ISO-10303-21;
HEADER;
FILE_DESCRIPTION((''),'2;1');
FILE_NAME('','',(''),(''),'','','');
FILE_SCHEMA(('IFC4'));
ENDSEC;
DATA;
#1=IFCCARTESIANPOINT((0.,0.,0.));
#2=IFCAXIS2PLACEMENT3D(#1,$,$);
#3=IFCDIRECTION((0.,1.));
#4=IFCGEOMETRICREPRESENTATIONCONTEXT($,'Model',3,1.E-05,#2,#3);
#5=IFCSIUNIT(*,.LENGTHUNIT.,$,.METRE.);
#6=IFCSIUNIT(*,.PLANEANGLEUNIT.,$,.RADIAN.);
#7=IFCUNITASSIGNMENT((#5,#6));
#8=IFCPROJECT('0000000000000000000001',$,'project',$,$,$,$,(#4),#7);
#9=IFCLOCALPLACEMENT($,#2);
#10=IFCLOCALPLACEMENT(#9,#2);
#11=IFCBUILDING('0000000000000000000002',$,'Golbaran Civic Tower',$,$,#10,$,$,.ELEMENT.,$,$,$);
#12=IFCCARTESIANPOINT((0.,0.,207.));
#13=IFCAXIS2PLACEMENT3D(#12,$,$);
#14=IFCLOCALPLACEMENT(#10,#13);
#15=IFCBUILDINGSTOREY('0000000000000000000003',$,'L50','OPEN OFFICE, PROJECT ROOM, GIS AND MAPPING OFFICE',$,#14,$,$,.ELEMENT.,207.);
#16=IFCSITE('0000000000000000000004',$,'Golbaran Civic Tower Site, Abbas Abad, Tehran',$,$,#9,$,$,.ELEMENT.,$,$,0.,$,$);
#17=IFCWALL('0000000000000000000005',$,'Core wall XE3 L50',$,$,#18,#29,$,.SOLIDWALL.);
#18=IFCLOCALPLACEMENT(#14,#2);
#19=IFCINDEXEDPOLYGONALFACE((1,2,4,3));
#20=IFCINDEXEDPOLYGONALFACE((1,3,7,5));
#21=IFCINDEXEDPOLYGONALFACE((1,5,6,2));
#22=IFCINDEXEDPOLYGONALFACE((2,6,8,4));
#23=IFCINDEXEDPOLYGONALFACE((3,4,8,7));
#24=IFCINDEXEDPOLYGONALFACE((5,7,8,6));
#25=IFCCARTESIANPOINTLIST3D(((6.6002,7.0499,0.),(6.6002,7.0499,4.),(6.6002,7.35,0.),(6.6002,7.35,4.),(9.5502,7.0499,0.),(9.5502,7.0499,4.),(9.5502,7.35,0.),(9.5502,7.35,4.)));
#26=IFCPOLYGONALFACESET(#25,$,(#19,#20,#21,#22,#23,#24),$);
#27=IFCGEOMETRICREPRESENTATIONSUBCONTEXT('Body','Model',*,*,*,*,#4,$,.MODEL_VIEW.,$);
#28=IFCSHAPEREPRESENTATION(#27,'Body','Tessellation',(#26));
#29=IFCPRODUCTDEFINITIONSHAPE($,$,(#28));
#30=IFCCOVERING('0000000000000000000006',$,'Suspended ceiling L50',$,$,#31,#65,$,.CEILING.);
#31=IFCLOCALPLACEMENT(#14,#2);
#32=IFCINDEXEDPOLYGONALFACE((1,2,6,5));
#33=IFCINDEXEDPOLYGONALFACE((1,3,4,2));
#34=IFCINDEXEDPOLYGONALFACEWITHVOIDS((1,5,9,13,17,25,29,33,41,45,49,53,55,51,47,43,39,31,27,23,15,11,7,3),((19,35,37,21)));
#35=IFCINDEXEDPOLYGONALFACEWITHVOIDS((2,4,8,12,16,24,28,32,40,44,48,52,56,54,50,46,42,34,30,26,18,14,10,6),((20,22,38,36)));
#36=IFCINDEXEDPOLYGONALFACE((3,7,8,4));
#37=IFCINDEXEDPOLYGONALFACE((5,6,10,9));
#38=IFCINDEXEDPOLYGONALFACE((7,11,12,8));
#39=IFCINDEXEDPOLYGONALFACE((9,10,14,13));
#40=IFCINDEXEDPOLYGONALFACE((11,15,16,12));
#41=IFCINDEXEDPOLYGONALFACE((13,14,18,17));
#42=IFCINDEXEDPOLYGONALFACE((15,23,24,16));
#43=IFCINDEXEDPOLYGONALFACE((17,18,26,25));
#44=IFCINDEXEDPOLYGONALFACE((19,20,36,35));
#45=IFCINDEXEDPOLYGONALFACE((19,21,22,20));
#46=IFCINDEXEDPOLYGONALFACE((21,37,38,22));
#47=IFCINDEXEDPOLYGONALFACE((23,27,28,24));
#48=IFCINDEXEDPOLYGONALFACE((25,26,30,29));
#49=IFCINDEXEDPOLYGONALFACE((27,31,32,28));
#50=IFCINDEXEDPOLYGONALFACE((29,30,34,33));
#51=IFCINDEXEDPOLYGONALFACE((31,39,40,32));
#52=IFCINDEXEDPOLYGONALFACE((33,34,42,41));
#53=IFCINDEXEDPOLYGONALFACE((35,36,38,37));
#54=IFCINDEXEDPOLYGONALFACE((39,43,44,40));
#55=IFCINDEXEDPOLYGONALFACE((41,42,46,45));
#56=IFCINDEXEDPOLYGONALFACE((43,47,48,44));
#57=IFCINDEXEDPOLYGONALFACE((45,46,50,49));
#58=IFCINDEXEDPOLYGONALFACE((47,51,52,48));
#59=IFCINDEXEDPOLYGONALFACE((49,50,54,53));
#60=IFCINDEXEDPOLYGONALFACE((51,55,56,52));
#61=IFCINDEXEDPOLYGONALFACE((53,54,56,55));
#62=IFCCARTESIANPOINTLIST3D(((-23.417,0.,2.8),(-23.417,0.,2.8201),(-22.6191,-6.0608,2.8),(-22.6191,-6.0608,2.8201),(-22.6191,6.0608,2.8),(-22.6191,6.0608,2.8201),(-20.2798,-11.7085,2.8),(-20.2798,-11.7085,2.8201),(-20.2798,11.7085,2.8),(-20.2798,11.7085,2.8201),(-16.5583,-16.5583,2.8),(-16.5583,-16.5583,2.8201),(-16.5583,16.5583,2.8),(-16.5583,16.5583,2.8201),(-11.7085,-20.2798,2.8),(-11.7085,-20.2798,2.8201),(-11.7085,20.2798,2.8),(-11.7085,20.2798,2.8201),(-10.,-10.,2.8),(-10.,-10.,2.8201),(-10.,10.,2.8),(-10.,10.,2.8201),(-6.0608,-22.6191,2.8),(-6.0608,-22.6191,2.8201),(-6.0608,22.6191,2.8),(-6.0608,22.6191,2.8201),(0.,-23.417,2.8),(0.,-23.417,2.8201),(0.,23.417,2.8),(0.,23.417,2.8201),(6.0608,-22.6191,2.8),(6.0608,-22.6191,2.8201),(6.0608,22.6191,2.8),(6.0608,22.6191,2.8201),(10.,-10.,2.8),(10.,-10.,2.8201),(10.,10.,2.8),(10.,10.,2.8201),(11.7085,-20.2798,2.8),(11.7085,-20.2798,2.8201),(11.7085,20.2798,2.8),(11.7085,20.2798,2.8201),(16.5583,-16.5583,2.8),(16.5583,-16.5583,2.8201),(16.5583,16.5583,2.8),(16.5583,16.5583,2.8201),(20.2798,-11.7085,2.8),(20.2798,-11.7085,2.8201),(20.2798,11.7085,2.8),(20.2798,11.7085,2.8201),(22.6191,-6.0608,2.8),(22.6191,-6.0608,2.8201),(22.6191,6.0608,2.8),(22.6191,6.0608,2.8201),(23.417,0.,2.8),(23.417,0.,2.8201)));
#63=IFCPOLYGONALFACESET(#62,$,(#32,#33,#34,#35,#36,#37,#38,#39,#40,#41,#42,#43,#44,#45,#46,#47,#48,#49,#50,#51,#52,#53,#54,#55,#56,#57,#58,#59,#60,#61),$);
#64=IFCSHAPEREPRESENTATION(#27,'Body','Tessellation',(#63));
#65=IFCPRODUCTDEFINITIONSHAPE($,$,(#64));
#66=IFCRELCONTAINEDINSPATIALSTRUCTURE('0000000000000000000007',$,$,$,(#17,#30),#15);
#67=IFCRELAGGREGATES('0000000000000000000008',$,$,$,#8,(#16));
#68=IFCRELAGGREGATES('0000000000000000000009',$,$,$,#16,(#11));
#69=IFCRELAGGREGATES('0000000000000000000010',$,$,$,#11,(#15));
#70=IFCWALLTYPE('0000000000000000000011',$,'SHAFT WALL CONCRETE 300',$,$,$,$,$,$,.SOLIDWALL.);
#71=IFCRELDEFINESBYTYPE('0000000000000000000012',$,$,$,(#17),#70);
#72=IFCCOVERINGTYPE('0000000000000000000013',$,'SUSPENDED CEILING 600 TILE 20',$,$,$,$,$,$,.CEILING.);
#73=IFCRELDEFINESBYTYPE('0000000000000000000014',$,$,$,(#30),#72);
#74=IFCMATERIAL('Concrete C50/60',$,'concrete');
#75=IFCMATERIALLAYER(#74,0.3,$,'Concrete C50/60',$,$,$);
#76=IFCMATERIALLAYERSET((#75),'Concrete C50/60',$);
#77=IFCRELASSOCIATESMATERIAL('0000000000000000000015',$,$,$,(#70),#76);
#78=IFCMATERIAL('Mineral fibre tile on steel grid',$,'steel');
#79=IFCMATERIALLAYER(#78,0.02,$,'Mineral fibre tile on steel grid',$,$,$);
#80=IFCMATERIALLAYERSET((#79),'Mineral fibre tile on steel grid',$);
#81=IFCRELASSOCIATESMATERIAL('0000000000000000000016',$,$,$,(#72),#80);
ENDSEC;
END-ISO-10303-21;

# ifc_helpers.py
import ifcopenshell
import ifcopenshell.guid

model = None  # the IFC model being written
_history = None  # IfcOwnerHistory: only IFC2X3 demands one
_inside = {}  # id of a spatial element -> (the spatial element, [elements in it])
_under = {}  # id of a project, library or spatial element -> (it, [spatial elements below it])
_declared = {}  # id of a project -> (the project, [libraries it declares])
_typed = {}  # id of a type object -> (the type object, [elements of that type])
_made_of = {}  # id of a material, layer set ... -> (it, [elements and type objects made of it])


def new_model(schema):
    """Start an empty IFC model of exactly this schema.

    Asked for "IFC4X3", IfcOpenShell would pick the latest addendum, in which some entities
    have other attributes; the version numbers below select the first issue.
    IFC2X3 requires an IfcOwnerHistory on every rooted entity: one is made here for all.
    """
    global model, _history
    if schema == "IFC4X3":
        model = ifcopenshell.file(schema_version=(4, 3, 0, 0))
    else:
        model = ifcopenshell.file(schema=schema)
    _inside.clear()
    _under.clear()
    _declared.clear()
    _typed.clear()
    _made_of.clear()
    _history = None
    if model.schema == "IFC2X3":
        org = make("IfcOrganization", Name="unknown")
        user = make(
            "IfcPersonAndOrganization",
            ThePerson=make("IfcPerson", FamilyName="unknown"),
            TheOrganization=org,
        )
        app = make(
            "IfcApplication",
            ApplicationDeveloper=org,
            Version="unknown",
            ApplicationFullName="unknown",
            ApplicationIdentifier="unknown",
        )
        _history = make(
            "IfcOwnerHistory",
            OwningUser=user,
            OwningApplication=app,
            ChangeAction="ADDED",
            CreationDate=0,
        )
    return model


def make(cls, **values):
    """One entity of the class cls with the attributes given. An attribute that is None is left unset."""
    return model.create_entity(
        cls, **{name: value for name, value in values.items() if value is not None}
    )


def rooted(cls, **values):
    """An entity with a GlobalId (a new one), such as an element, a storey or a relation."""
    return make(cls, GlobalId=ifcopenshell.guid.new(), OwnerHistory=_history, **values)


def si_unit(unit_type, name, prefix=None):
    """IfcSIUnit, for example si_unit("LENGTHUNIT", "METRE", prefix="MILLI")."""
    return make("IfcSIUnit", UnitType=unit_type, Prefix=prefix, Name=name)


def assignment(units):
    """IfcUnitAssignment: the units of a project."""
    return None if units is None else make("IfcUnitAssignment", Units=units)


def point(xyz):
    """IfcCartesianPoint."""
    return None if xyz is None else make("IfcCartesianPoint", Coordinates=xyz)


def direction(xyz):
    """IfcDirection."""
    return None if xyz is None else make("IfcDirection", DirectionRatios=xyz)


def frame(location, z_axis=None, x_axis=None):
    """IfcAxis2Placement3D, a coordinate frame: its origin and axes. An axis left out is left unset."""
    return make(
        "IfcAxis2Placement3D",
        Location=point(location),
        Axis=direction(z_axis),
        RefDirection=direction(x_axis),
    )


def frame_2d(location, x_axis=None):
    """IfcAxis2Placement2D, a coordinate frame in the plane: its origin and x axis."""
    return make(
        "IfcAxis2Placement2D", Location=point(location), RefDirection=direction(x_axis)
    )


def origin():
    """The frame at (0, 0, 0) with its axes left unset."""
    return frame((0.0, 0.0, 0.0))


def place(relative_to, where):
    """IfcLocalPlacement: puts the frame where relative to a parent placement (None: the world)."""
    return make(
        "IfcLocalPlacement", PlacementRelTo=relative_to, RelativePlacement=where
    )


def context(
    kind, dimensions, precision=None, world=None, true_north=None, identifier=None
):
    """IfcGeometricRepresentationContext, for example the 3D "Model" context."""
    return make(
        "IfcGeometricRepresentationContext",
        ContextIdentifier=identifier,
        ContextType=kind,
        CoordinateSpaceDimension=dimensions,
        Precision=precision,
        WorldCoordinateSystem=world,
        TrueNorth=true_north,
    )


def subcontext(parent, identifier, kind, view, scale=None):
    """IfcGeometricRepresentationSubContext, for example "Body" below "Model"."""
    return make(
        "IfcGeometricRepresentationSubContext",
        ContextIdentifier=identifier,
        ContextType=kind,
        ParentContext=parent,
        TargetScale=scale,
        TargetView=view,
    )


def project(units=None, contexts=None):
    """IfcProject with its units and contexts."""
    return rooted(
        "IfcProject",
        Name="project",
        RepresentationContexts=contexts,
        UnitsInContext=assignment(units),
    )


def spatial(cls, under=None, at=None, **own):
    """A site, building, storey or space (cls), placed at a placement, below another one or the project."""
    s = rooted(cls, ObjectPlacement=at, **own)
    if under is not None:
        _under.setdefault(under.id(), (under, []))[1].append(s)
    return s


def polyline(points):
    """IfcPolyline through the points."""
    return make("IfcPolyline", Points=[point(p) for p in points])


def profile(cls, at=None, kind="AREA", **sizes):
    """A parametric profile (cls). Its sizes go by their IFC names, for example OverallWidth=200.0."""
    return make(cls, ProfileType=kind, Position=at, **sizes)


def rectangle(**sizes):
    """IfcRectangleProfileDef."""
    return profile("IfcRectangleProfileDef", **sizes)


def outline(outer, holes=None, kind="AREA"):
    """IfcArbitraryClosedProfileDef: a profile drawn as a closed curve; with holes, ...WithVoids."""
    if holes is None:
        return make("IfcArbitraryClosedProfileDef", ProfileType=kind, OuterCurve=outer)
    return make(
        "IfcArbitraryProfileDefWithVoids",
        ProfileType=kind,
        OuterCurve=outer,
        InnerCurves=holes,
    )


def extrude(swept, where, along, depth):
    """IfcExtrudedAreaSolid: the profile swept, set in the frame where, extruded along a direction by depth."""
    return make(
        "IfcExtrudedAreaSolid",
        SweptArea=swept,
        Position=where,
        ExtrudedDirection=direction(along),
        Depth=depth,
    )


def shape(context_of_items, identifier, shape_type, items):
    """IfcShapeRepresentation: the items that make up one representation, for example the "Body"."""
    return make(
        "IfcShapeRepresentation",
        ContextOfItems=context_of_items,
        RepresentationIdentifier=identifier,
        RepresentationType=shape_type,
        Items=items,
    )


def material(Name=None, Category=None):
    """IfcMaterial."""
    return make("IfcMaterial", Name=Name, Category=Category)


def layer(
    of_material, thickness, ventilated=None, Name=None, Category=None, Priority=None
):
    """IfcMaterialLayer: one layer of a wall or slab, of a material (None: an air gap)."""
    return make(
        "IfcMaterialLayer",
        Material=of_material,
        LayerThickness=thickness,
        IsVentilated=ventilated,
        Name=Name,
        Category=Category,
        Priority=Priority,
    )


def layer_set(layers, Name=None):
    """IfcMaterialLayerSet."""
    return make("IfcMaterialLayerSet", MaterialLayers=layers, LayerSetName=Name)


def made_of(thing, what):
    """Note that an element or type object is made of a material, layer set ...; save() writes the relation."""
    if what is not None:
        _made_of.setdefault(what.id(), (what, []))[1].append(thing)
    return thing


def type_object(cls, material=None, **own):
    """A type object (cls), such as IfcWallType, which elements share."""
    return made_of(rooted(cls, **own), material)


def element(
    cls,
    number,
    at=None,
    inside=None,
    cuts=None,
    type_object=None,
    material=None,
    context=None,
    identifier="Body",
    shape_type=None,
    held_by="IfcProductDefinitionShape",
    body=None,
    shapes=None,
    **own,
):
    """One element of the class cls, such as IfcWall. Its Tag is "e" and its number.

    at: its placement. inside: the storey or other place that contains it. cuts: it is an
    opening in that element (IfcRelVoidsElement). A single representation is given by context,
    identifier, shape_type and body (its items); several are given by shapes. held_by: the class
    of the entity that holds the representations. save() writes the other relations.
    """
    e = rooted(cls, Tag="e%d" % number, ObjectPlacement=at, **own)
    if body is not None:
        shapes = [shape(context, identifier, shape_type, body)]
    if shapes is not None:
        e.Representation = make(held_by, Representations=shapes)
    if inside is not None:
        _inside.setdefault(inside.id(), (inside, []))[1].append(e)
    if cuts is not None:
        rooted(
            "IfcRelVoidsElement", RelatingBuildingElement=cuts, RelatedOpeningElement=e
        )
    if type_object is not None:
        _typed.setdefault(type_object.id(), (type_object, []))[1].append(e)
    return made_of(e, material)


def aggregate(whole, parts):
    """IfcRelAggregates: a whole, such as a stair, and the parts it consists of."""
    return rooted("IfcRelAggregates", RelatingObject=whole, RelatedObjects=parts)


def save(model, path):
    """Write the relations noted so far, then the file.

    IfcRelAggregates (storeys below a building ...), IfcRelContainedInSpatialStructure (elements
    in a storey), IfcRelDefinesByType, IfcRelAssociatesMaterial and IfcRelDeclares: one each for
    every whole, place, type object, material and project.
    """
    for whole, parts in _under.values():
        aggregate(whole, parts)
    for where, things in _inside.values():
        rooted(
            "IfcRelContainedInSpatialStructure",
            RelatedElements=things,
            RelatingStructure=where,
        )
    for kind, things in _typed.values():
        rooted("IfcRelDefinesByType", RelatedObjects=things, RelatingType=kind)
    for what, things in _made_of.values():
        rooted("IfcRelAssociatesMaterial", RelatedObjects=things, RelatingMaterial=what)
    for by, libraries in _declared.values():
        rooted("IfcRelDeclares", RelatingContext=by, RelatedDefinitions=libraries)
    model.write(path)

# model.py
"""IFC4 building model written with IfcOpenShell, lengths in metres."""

from ifc_helpers import new_model, si_unit, direction, frame, frame_2d, origin, place, context, subcontext, project, spatial, polyline, rectangle, outline, extrude, material, layer, layer_set, type_object, element, save


model = new_model("IFC4")

# Units and contexts
model_context = context("Model", 3, precision=1e-05, world=origin(), true_north=direction((0.0, 1.0)))
body_context = subcontext(model_context, "Body", "Model", "MODEL_VIEW")
ifc_project = project(units=[si_unit("LENGTHUNIT", "METRE"), si_unit("PLANEANGLEUNIT", "RADIAN")], contexts=[model_context])

# Site, building, storey
site_placement = place(None, origin())
site = spatial("IfcSite", under=ifc_project, at=site_placement, Name="Golbaran Civic Tower Site, Abbas Abad, Tehran", CompositionType="ELEMENT", RefElevation=0.0)
building_placement = place(site_placement, origin())
building = spatial("IfcBuilding", under=site, at=building_placement, Name="Golbaran Civic Tower", CompositionType="ELEMENT")
storey_placement = place(building_placement, frame((0.0, 0.0, 207.0)))
storey = spatial("IfcBuildingStorey", under=building, at=storey_placement, Name="L50", Description="OPEN OFFICE, PROJECT ROOM, GIS AND MAPPING OFFICE", CompositionType="ELEMENT", Elevation=207.0)

# Shared definitions
ifc_material_1 = material(Name="Concrete C50/60", Category="concrete")
ifc_layer_1 = layer(ifc_material_1, 0.3, Name="Concrete C50/60")
ifc_layer_set_1 = layer_set([ifc_layer_1], Name="Concrete C50/60")
wall_type_1 = type_object("IfcWallType", Name="SHAFT WALL CONCRETE 300", PredefinedType="SOLIDWALL", material=ifc_layer_set_1)

# Wall
wall_1_placement = place(storey_placement, frame((6.6001, 7.2, 0.0), z_axis=(0.0, 0.0, 1.0), x_axis=(1.0, 0.0, 0.0)))
element("IfcWall", 1, at=wall_1_placement, inside=storey, type_object=wall_type_1, Name="Core wall XE3 L50", PredefinedType="SOLIDWALL", context=body_context, shape_type="SweptSolid", body=[
    extrude(rectangle(XDim=2.95, YDim=0.3, at=frame_2d((1.4751, 0.0))), origin(), (0.0, 0.0, 1.0), 4.0),
])

# Covering
ifc_material_2 = material(Name="Mineral fibre tile on steel grid", Category="steel")
ifc_layer_2 = layer(ifc_material_2, 0.02, Name="Mineral fibre tile on steel grid")
ifc_layer_set_2 = layer_set([ifc_layer_2], Name="Mineral fibre tile on steel grid")
covering_type = type_object("IfcCoveringType", Name="SUSPENDED CEILING 600 TILE 20", PredefinedType="CEILING", material=ifc_layer_set_2)
covering_placement = place(storey_placement, frame((0.0, 0.0, 2.8)))
element("IfcCovering", 2, at=covering_placement, inside=storey, type_object=covering_type, Name="Suspended ceiling L50", PredefinedType="CEILING", context=body_context, shape_type="SweptSolid", body=[
    extrude(outline(polyline([(-11.7085, 20.2798), (-6.0608, 22.6191), (0.0, 23.417), (6.0608, 22.6191), (11.7085, 20.2798), (16.5583, 16.5583), (20.2798, 11.7085), (22.6191, 6.0608), (23.417, 0.0), (22.6191, -6.0608), (20.2798, -11.7085), (16.5583, -16.5583), (11.7085, -20.2798), (6.0608, -22.6191), (0.0, -23.417), (-6.0608, -22.6191), (-11.7085, -20.2798), (-16.5583, -16.5583), (-20.2798, -11.7085), (-22.6191, -6.0608), (-23.417, 0.0), (-22.6191, 6.0608), (-20.2798, 11.7085), (-16.5583, 16.5583), (-11.7085, 20.2798)]), holes=[polyline([(-10.0, 10.0), (-10.0, -10.0), (10.0, -10.0), (10.0, 10.0), (-10.0, 10.0)])]), origin(), (0.0, 0.0, 1.0), 0.02),
])

save(model, "model.ifc")
